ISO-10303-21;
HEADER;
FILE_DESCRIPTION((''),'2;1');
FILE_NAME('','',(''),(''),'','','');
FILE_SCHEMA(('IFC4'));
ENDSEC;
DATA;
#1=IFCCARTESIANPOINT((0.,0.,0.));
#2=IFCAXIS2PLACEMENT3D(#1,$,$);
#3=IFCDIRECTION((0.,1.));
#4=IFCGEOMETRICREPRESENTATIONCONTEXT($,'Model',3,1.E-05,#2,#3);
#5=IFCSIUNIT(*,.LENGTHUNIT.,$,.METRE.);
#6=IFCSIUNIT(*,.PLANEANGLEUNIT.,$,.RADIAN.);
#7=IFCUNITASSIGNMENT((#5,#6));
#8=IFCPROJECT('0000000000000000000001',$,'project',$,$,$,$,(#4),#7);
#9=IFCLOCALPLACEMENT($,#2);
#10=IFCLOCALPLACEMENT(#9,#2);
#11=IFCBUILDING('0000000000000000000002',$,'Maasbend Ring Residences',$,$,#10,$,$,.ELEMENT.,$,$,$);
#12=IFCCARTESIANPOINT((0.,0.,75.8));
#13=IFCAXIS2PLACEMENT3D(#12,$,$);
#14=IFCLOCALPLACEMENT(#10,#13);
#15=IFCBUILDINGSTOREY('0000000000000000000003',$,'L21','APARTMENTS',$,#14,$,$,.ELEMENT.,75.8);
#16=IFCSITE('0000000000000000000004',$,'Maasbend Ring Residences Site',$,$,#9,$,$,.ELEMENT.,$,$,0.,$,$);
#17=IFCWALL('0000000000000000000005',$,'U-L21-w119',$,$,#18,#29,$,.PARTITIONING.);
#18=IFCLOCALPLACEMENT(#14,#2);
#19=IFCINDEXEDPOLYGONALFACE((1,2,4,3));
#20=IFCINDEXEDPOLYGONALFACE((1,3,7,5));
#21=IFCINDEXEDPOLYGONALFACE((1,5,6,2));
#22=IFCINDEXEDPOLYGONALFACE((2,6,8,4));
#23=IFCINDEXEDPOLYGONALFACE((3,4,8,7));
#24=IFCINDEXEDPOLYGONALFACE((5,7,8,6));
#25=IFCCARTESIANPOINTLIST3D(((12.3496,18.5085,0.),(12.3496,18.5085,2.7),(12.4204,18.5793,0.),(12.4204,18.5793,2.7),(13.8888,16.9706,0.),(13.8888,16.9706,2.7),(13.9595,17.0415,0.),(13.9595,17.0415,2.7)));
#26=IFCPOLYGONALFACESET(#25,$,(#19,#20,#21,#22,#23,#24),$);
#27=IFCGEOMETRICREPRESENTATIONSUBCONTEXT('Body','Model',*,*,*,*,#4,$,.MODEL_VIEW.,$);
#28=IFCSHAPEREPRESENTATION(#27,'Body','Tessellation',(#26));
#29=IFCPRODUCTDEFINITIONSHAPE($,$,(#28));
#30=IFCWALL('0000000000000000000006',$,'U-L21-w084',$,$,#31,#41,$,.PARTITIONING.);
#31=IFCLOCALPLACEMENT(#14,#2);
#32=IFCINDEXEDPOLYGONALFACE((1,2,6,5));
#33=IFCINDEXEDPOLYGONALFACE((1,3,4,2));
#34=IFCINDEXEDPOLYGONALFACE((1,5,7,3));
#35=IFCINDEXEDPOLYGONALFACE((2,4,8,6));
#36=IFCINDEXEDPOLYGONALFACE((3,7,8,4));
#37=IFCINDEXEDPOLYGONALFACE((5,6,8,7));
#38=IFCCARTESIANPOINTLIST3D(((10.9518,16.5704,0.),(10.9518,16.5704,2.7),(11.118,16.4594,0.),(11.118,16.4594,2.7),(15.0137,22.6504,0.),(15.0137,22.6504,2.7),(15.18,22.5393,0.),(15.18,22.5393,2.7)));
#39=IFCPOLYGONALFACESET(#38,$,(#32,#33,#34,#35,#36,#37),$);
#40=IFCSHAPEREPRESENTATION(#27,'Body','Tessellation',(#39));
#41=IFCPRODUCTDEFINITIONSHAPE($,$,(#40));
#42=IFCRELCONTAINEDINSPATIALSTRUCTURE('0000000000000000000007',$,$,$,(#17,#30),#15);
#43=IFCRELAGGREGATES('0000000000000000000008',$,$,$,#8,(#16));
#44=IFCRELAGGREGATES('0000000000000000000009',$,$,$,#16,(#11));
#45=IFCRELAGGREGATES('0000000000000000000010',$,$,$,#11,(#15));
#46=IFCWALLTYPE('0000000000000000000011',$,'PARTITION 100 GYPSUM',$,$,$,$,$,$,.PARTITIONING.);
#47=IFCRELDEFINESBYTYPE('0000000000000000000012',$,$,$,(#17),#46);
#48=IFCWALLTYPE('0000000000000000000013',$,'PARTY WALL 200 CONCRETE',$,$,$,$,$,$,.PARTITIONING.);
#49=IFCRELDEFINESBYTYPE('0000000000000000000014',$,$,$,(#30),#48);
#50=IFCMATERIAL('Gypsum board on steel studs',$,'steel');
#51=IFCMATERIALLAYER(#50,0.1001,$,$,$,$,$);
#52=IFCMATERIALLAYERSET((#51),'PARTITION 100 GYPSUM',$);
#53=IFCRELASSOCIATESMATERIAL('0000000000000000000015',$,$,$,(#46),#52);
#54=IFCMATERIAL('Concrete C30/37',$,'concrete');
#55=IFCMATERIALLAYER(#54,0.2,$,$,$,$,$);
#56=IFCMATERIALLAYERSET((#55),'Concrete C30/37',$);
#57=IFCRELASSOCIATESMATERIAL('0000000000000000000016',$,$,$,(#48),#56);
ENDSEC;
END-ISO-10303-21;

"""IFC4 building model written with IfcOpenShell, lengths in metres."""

from ifc_helpers import new_model, si_unit, direction, frame, frame_2d, origin, place, context, subcontext, project, spatial, rectangle, extrude, material, layer, layer_set, type_object, element, save


model = new_model("IFC4")

# Units and contexts
model_context = context("Model", 3, precision=1e-05, world=origin(), true_north=direction((0.0, 1.0)))
body_context = subcontext(model_context, "Body", "Model", "MODEL_VIEW")
ifc_project = project(units=[si_unit("LENGTHUNIT", "METRE"), si_unit("PLANEANGLEUNIT", "RADIAN")], contexts=[model_context])

# Site, building, storey
site_placement = place(None, origin())
site = spatial("IfcSite", under=ifc_project, at=site_placement, Name="Maasbend Ring Residences Site", CompositionType="ELEMENT", RefElevation=0.0)
building_placement = place(site_placement, origin())
building = spatial("IfcBuilding", under=site, at=building_placement, Name="Maasbend Ring Residences", CompositionType="ELEMENT")
storey_placement = place(building_placement, frame((0.0, 0.0, 75.8)))
storey = spatial("IfcBuildingStorey", under=building, at=storey_placement, Name="L21", Description="APARTMENTS", CompositionType="ELEMENT", Elevation=75.8)

# Shared definitions
ifc_material_1 = material(Name="Gypsum board on steel studs", Category="steel")
ifc_layer_1 = layer(ifc_material_1, 0.1001)
ifc_layer_set_1 = layer_set([ifc_layer_1], Name="PARTITION 100 GYPSUM")
wall_type_1 = type_object("IfcWallType", Name="PARTITION 100 GYPSUM", PredefinedType="PARTITIONING", material=ifc_layer_set_1)

# Walls
wall_1_placement = place(storey_placement, frame((12.385, 18.5439, 0.0), z_axis=(0.0, 0.0, 1.0), x_axis=(0.707387, -0.706826, 0.0)))
element("IfcWall", 1, at=wall_1_placement, inside=storey, type_object=wall_type_1, Name="U-L21-w119", PredefinedType="PARTITIONING", context=body_context, shape_type="SweptSolid", body=[
    extrude(rectangle(XDim=2.1758, YDim=0.1001, at=frame_2d((1.0879, 0.0))), origin(), (0.0, 0.0, 1.0), 2.7),
])
ifc_material_2 = material(Name="Concrete C30/37", Category="concrete")
ifc_layer_2 = layer(ifc_material_2, 0.2)
ifc_layer_set_2 = layer_set([ifc_layer_2], Name="Concrete C30/37")
wall_type_2 = type_object("IfcWallType", Name="PARTY WALL 200 CONCRETE", PredefinedType="PARTITIONING", material=ifc_layer_set_2)
wall_2_placement = place(storey_placement, frame((11.0349, 16.5149, 0.0), z_axis=(0.0, 0.0, 1.0), x_axis=(0.555517, 0.831505, 0.0)))
element("IfcWall", 2, at=wall_2_placement, inside=storey, type_object=wall_type_2, Name="U-L21-w084", PredefinedType="PARTITIONING", context=body_context, shape_type="SweptSolid", body=[
    extrude(rectangle(XDim=7.312, YDim=0.2, at=frame_2d((3.656, 0.0))), origin(), (0.0, 0.0, 1.0), 2.7),
])

save(model, "model.ifc")
